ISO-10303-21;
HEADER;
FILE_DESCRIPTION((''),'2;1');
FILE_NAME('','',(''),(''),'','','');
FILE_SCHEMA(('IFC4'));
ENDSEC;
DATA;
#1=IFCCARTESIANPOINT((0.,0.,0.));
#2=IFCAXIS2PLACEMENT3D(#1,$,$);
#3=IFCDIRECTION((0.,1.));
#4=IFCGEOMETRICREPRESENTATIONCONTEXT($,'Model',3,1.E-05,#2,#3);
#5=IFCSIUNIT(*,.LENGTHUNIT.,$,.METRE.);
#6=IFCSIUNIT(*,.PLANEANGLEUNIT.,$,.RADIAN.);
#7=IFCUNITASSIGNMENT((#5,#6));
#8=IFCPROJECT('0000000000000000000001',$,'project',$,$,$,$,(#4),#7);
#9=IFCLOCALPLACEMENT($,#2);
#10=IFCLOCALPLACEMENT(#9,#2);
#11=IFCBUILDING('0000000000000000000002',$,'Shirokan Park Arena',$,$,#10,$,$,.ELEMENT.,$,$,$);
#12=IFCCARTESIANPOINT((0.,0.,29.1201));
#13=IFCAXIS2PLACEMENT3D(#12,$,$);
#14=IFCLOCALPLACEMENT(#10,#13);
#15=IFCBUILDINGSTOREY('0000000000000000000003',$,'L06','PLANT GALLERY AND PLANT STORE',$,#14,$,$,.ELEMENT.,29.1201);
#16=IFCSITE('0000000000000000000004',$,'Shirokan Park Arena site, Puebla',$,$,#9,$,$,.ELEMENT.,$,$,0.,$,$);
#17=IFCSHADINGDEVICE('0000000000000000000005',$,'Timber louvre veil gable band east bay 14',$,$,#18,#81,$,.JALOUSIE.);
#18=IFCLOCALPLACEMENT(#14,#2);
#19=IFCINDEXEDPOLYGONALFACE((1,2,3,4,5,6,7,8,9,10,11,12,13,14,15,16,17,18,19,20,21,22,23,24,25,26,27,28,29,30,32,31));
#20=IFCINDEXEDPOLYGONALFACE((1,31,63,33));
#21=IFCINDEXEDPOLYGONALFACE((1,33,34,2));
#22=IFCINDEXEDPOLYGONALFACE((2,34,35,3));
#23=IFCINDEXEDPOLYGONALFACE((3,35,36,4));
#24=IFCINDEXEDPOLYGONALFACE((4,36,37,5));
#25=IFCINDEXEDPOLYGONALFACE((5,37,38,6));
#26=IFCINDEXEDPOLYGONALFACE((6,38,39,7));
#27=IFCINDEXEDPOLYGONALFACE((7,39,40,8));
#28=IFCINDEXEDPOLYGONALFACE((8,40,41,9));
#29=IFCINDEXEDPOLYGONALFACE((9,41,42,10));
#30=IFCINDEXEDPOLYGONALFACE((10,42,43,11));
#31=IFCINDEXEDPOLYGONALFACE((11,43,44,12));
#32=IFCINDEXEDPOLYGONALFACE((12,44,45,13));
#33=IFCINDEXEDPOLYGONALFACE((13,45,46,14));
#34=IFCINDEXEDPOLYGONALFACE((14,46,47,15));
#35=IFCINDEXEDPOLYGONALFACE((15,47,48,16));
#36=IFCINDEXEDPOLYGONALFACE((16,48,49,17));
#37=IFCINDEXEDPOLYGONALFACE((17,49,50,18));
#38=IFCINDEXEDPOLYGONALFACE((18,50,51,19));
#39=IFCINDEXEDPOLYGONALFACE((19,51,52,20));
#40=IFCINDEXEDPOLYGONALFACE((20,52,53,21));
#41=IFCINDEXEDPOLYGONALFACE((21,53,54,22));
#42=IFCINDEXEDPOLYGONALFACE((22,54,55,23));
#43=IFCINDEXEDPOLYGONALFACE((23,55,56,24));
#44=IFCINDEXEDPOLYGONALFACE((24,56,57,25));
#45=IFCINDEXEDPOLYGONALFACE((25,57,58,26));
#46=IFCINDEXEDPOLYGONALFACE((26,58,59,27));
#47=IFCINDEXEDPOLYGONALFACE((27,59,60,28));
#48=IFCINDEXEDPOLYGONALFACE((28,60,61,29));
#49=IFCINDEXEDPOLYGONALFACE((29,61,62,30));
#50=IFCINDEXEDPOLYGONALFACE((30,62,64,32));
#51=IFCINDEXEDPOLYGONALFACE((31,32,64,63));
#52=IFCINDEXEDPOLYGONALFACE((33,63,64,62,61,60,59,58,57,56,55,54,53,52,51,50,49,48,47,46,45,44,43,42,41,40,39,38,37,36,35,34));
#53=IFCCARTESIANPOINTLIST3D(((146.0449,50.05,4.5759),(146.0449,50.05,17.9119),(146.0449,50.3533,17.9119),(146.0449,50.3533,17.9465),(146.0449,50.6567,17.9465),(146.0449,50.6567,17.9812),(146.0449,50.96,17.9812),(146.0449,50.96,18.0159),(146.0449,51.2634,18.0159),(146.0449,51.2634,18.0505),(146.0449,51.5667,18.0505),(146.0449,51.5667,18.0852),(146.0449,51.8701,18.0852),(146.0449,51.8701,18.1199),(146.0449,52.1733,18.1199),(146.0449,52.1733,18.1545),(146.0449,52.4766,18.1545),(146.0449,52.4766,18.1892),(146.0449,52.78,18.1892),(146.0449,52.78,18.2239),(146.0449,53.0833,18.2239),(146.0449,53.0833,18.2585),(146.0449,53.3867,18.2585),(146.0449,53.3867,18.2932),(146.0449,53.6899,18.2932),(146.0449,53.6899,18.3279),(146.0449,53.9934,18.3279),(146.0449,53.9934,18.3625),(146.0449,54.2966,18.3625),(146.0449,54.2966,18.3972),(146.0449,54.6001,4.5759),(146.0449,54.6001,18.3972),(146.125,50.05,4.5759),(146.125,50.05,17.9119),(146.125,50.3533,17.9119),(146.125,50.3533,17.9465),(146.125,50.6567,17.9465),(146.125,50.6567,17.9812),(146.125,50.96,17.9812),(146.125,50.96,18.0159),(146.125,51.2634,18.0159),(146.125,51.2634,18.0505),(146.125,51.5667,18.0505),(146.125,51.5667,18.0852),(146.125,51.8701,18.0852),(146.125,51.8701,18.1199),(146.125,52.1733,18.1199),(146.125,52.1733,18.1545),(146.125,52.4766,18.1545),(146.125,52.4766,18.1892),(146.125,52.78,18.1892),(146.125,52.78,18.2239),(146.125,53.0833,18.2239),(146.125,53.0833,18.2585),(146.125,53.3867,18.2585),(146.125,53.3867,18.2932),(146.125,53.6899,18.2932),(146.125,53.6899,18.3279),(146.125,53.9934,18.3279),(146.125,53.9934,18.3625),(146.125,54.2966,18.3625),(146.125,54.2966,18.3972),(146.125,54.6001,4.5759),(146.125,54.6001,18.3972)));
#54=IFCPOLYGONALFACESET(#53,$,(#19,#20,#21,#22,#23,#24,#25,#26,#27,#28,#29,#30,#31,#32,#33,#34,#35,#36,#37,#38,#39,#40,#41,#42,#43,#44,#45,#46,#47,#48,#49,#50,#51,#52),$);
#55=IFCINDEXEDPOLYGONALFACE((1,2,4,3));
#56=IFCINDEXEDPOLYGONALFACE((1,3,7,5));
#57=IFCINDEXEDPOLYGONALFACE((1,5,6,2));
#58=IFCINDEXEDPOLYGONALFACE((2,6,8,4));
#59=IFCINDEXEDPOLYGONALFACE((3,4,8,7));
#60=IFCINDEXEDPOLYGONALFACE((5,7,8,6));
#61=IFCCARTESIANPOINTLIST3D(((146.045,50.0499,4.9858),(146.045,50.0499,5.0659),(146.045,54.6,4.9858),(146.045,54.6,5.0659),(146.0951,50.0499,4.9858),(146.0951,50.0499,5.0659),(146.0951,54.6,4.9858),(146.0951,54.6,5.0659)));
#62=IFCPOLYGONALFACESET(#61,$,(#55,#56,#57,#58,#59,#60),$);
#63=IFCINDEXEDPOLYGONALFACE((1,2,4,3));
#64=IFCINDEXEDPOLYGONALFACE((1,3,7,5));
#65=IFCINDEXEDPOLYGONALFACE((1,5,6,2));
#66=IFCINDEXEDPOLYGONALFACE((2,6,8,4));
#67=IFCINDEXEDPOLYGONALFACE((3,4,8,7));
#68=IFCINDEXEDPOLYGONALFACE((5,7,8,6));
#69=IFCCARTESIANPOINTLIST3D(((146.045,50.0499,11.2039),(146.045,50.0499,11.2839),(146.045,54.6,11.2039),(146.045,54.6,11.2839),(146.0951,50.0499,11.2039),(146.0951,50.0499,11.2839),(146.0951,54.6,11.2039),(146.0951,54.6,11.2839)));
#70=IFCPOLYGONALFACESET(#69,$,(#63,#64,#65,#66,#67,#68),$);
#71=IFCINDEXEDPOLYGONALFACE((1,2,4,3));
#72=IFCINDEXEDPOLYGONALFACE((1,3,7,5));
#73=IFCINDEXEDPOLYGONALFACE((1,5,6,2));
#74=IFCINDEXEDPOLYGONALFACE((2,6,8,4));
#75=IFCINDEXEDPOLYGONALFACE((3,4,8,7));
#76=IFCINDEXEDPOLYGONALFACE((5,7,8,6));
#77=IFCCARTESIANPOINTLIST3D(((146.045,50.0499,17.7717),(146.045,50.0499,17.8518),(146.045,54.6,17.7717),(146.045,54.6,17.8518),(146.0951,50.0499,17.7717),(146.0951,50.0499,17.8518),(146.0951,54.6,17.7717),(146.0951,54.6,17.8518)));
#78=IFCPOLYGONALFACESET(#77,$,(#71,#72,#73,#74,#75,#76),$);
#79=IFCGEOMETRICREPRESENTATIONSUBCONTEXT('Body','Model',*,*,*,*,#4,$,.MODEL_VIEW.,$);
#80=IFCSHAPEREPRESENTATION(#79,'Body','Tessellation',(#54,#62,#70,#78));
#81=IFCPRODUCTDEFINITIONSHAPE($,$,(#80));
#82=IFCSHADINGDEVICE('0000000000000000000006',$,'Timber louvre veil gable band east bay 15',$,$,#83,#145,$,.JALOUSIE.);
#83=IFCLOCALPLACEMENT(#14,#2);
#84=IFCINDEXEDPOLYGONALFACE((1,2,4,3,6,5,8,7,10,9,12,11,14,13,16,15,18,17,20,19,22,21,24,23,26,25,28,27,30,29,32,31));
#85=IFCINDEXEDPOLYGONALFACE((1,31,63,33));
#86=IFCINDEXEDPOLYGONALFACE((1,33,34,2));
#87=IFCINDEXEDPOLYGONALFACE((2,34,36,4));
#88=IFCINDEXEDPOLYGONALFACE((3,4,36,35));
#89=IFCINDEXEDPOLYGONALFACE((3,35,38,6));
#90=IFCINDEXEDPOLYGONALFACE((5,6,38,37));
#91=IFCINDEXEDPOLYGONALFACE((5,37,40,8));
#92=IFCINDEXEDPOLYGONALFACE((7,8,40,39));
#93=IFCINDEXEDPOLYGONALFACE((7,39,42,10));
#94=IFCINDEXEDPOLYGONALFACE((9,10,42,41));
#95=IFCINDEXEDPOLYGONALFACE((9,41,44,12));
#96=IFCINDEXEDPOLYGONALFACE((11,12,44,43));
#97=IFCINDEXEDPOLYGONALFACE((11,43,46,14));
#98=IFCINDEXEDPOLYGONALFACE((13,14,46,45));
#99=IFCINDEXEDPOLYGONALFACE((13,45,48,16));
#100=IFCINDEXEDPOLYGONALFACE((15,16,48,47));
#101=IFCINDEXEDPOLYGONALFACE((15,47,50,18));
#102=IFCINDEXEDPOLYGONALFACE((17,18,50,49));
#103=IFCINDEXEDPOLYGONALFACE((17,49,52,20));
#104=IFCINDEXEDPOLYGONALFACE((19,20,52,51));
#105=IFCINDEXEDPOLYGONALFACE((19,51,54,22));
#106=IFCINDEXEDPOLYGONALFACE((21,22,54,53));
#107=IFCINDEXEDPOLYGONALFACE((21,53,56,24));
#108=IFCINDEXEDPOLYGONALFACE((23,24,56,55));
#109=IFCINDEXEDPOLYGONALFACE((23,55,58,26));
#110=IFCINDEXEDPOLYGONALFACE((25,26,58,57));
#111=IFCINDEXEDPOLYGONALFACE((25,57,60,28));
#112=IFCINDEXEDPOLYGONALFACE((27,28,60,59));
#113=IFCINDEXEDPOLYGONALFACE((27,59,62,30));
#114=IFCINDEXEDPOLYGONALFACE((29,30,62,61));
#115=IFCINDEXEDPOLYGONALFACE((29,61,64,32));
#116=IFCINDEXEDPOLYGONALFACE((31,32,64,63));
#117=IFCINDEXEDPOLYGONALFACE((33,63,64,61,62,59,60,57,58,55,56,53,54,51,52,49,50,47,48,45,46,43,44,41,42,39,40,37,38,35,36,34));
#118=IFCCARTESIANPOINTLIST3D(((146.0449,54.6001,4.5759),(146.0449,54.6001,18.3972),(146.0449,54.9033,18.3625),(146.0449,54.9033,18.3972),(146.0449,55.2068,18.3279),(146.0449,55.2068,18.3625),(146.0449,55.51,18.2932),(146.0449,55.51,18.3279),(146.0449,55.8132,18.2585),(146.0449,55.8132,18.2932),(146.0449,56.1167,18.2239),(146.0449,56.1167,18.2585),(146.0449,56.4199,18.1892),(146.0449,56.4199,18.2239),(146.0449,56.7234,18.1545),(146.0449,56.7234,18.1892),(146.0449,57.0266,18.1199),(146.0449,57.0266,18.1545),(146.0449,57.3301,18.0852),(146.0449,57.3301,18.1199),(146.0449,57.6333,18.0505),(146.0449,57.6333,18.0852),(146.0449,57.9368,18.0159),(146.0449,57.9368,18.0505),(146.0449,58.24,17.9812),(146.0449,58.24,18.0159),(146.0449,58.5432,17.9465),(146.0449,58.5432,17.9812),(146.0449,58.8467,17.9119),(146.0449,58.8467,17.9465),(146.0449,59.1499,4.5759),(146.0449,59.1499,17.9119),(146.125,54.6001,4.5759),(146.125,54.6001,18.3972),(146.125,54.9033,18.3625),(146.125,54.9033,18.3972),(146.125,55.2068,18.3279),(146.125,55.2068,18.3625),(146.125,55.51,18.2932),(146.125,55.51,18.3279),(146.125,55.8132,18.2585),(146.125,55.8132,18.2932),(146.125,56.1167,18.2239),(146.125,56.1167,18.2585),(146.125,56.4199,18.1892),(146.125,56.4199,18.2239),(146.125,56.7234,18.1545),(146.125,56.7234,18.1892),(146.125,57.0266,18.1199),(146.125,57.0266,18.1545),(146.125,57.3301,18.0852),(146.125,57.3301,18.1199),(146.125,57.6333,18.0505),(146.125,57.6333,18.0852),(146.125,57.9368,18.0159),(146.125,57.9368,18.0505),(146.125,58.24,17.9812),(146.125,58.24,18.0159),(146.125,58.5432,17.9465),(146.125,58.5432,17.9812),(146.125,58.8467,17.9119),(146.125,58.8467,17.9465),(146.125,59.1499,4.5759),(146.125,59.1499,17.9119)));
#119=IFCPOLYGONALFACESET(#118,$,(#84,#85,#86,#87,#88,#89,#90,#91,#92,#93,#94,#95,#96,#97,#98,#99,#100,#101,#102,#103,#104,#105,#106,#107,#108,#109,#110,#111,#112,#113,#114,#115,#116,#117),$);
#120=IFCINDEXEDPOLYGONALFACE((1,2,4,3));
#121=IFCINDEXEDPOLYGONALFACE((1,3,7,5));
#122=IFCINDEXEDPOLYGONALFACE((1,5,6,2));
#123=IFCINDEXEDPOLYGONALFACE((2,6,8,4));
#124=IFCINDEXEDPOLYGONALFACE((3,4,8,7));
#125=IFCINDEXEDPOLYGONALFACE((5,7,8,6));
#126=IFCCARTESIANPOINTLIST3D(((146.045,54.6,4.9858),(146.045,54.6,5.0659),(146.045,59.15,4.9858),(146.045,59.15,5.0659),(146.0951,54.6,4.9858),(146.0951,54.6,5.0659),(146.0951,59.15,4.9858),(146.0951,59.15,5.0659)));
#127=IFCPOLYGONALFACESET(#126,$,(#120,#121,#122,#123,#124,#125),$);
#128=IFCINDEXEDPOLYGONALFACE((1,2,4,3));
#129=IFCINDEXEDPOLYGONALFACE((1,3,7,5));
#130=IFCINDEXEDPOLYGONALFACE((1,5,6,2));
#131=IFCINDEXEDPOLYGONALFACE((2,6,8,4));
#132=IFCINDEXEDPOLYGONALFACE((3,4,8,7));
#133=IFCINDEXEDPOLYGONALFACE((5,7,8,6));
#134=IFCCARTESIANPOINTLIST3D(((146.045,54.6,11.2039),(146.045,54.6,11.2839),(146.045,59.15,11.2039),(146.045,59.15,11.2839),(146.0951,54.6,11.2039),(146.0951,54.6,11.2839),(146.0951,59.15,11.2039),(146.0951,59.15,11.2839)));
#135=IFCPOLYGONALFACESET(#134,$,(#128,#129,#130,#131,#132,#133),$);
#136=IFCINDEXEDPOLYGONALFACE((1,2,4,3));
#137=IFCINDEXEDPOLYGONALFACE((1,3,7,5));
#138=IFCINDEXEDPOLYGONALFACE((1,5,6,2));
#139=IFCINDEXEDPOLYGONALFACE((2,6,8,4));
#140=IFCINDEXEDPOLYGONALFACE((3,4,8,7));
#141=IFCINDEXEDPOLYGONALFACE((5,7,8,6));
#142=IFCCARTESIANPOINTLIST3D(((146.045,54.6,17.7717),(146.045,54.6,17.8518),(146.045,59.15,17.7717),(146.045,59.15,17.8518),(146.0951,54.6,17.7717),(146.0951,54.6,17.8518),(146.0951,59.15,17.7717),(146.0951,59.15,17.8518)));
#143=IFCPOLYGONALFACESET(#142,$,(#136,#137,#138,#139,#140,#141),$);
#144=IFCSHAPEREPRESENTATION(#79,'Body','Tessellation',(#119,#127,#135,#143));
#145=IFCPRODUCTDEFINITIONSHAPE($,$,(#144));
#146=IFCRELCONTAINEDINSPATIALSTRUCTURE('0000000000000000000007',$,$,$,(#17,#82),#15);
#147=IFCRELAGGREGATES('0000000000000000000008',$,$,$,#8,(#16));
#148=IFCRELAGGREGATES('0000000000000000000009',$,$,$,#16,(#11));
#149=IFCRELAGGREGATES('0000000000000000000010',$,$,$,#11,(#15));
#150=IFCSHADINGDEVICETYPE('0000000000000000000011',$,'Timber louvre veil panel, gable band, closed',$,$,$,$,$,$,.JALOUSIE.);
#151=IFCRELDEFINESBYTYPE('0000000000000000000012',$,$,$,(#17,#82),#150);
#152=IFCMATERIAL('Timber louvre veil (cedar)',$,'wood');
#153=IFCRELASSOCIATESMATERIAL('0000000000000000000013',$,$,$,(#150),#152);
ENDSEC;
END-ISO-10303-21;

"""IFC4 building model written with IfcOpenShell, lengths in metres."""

from ifc_helpers import new_model, si_unit, direction, frame, origin, origin_2d, place, context, subcontext, project, spatial, polyline, rectangle, outline, extrude, material, type_object, element, save


model = new_model("IFC4")

# Units and contexts
model_context = context("Model", 3, precision=1e-05, world=origin(), true_north=direction((0.0, 1.0)))
body_context = subcontext(model_context, "Body", "Model", "MODEL_VIEW")
ifc_project = project(units=[si_unit("LENGTHUNIT", "METRE"), si_unit("PLANEANGLEUNIT", "RADIAN")], contexts=[model_context])

# Site, building, storey
site_placement = place(None, origin())
site = spatial("IfcSite", under=ifc_project, at=site_placement, Name="Shirokan Park Arena site, Puebla", CompositionType="ELEMENT", RefElevation=0.0)
building_placement = place(site_placement, origin())
building = spatial("IfcBuilding", under=site, at=building_placement, Name="Shirokan Park Arena", CompositionType="ELEMENT")
storey_placement = place(building_placement, frame((0.0, 0.0, 29.1201)))
storey = spatial("IfcBuildingStorey", under=building, at=storey_placement, Name="L06", Description="PLANT GALLERY AND PLANT STORE", CompositionType="ELEMENT", Elevation=29.1201)

# Shading devices
ifc_material_1 = material(Name="Timber louvre veil (cedar)", Category="wood")
shading_device_type = type_object("IfcShadingDeviceType", Name="Timber louvre veil panel, gable band, closed", PredefinedType="JALOUSIE", material=ifc_material_1)
shading_device_1_placement = place(storey_placement, origin())
element("IfcShadingDevice", 1, at=shading_device_1_placement, inside=storey, type_object=shading_device_type, Name="Timber louvre veil gable band east bay 14", PredefinedType="JALOUSIE", context=body_context, shape_type="SweptSolid", body=[
    extrude(outline(polyline([(50.3533, 17.9119), (50.05, 17.9119), (50.05, 4.5759), (54.6001, 4.5759), (54.6001, 18.3972), (54.2966, 18.3972), (54.2966, 18.3625), (53.9934, 18.3625), (53.9934, 18.3279), (53.6899, 18.3279), (53.6899, 18.2932), (53.3867, 18.2932), (53.3867, 18.2585), (53.0833, 18.2585), (53.0833, 18.2239), (52.78, 18.2239), (52.78, 18.1892), (52.4766, 18.1892), (52.4766, 18.1545), (52.1733, 18.1545), (52.1733, 18.1199), (51.8701, 18.1199), (51.8701, 18.0852), (51.5667, 18.0852), (51.5667, 18.0505), (51.2634, 18.0505), (51.2634, 18.0159), (50.96, 18.0159), (50.96, 17.9812), (50.6567, 17.9812), (50.6567, 17.9465), (50.3533, 17.9465), (50.3533, 17.9119)])), frame((146.0449, 0.0, 0.0), z_axis=(1.0, 0.0, 0.0), x_axis=(0.0, 1.0, 0.0)), (0.0, 0.0, 1.0), 0.0801),
    extrude(rectangle(XDim=0.05, YDim=4.55, at=origin_2d()), frame((146.0701, 52.325, 4.9858), z_axis=(0.0, 0.0, 1.0), x_axis=(1.0, 0.0, 0.0)), (0.0, 0.0, 1.0), 0.0801),
    extrude(rectangle(XDim=0.05, YDim=4.55, at=origin_2d()), frame((146.0701, 52.325, 11.2039), z_axis=(0.0, 0.0, 1.0), x_axis=(1.0, 0.0, 0.0)), (0.0, 0.0, 1.0), 0.0801),
    extrude(rectangle(XDim=0.05, YDim=4.55, at=origin_2d()), frame((146.0701, 52.325, 17.7717), z_axis=(0.0, 0.0, 1.0), x_axis=(1.0, 0.0, 0.0)), (0.0, 0.0, 1.0), 0.0801),
])
shading_device_2_placement = place(storey_placement, origin())
element("IfcShadingDevice", 2, at=shading_device_2_placement, inside=storey, type_object=shading_device_type, Name="Timber louvre veil gable band east bay 15", PredefinedType="JALOUSIE", context=body_context, shape_type="SweptSolid", body=[
    extrude(outline(polyline([(59.1499, 4.5759), (59.1499, 17.9119), (58.8467, 17.9119), (58.8467, 17.9465), (58.5432, 17.9465), (58.5432, 17.9812), (58.24, 17.9812), (58.24, 18.0159), (57.9368, 18.0159), (57.9368, 18.0505), (57.6333, 18.0505), (57.6333, 18.0852), (57.3301, 18.0852), (57.3301, 18.1199), (57.0266, 18.1199), (57.0266, 18.1545), (56.7234, 18.1545), (56.7234, 18.1892), (56.4199, 18.1892), (56.4199, 18.2239), (56.1167, 18.2239), (56.1167, 18.2585), (55.8132, 18.2585), (55.8132, 18.2932), (55.51, 18.2932), (55.51, 18.3279), (55.2068, 18.3279), (55.2068, 18.3625), (54.9033, 18.3625), (54.9033, 18.3972), (54.6001, 18.3972), (54.6001, 4.5759), (59.1499, 4.5759)])), frame((146.0449, 0.0, 0.0), z_axis=(1.0, 0.0, 0.0), x_axis=(0.0, 1.0, 0.0)), (0.0, 0.0, 1.0), 0.0801),
    extrude(rectangle(XDim=0.05, YDim=4.55, at=origin_2d()), frame((146.0701, 56.875, 4.9858), z_axis=(0.0, 0.0, 1.0), x_axis=(1.0, 0.0, 0.0)), (0.0, 0.0, 1.0), 0.0801),
    extrude(rectangle(XDim=0.05, YDim=4.55, at=origin_2d()), frame((146.0701, 56.875, 11.2039), z_axis=(0.0, 0.0, 1.0), x_axis=(1.0, 0.0, 0.0)), (0.0, 0.0, 1.0), 0.0801),
    extrude(rectangle(XDim=0.05, YDim=4.55, at=origin_2d()), frame((146.0701, 56.875, 17.7717), z_axis=(0.0, 0.0, 1.0), x_axis=(1.0, 0.0, 0.0)), (0.0, 0.0, 1.0), 0.0801),
])

save(model, "model.ifc")
